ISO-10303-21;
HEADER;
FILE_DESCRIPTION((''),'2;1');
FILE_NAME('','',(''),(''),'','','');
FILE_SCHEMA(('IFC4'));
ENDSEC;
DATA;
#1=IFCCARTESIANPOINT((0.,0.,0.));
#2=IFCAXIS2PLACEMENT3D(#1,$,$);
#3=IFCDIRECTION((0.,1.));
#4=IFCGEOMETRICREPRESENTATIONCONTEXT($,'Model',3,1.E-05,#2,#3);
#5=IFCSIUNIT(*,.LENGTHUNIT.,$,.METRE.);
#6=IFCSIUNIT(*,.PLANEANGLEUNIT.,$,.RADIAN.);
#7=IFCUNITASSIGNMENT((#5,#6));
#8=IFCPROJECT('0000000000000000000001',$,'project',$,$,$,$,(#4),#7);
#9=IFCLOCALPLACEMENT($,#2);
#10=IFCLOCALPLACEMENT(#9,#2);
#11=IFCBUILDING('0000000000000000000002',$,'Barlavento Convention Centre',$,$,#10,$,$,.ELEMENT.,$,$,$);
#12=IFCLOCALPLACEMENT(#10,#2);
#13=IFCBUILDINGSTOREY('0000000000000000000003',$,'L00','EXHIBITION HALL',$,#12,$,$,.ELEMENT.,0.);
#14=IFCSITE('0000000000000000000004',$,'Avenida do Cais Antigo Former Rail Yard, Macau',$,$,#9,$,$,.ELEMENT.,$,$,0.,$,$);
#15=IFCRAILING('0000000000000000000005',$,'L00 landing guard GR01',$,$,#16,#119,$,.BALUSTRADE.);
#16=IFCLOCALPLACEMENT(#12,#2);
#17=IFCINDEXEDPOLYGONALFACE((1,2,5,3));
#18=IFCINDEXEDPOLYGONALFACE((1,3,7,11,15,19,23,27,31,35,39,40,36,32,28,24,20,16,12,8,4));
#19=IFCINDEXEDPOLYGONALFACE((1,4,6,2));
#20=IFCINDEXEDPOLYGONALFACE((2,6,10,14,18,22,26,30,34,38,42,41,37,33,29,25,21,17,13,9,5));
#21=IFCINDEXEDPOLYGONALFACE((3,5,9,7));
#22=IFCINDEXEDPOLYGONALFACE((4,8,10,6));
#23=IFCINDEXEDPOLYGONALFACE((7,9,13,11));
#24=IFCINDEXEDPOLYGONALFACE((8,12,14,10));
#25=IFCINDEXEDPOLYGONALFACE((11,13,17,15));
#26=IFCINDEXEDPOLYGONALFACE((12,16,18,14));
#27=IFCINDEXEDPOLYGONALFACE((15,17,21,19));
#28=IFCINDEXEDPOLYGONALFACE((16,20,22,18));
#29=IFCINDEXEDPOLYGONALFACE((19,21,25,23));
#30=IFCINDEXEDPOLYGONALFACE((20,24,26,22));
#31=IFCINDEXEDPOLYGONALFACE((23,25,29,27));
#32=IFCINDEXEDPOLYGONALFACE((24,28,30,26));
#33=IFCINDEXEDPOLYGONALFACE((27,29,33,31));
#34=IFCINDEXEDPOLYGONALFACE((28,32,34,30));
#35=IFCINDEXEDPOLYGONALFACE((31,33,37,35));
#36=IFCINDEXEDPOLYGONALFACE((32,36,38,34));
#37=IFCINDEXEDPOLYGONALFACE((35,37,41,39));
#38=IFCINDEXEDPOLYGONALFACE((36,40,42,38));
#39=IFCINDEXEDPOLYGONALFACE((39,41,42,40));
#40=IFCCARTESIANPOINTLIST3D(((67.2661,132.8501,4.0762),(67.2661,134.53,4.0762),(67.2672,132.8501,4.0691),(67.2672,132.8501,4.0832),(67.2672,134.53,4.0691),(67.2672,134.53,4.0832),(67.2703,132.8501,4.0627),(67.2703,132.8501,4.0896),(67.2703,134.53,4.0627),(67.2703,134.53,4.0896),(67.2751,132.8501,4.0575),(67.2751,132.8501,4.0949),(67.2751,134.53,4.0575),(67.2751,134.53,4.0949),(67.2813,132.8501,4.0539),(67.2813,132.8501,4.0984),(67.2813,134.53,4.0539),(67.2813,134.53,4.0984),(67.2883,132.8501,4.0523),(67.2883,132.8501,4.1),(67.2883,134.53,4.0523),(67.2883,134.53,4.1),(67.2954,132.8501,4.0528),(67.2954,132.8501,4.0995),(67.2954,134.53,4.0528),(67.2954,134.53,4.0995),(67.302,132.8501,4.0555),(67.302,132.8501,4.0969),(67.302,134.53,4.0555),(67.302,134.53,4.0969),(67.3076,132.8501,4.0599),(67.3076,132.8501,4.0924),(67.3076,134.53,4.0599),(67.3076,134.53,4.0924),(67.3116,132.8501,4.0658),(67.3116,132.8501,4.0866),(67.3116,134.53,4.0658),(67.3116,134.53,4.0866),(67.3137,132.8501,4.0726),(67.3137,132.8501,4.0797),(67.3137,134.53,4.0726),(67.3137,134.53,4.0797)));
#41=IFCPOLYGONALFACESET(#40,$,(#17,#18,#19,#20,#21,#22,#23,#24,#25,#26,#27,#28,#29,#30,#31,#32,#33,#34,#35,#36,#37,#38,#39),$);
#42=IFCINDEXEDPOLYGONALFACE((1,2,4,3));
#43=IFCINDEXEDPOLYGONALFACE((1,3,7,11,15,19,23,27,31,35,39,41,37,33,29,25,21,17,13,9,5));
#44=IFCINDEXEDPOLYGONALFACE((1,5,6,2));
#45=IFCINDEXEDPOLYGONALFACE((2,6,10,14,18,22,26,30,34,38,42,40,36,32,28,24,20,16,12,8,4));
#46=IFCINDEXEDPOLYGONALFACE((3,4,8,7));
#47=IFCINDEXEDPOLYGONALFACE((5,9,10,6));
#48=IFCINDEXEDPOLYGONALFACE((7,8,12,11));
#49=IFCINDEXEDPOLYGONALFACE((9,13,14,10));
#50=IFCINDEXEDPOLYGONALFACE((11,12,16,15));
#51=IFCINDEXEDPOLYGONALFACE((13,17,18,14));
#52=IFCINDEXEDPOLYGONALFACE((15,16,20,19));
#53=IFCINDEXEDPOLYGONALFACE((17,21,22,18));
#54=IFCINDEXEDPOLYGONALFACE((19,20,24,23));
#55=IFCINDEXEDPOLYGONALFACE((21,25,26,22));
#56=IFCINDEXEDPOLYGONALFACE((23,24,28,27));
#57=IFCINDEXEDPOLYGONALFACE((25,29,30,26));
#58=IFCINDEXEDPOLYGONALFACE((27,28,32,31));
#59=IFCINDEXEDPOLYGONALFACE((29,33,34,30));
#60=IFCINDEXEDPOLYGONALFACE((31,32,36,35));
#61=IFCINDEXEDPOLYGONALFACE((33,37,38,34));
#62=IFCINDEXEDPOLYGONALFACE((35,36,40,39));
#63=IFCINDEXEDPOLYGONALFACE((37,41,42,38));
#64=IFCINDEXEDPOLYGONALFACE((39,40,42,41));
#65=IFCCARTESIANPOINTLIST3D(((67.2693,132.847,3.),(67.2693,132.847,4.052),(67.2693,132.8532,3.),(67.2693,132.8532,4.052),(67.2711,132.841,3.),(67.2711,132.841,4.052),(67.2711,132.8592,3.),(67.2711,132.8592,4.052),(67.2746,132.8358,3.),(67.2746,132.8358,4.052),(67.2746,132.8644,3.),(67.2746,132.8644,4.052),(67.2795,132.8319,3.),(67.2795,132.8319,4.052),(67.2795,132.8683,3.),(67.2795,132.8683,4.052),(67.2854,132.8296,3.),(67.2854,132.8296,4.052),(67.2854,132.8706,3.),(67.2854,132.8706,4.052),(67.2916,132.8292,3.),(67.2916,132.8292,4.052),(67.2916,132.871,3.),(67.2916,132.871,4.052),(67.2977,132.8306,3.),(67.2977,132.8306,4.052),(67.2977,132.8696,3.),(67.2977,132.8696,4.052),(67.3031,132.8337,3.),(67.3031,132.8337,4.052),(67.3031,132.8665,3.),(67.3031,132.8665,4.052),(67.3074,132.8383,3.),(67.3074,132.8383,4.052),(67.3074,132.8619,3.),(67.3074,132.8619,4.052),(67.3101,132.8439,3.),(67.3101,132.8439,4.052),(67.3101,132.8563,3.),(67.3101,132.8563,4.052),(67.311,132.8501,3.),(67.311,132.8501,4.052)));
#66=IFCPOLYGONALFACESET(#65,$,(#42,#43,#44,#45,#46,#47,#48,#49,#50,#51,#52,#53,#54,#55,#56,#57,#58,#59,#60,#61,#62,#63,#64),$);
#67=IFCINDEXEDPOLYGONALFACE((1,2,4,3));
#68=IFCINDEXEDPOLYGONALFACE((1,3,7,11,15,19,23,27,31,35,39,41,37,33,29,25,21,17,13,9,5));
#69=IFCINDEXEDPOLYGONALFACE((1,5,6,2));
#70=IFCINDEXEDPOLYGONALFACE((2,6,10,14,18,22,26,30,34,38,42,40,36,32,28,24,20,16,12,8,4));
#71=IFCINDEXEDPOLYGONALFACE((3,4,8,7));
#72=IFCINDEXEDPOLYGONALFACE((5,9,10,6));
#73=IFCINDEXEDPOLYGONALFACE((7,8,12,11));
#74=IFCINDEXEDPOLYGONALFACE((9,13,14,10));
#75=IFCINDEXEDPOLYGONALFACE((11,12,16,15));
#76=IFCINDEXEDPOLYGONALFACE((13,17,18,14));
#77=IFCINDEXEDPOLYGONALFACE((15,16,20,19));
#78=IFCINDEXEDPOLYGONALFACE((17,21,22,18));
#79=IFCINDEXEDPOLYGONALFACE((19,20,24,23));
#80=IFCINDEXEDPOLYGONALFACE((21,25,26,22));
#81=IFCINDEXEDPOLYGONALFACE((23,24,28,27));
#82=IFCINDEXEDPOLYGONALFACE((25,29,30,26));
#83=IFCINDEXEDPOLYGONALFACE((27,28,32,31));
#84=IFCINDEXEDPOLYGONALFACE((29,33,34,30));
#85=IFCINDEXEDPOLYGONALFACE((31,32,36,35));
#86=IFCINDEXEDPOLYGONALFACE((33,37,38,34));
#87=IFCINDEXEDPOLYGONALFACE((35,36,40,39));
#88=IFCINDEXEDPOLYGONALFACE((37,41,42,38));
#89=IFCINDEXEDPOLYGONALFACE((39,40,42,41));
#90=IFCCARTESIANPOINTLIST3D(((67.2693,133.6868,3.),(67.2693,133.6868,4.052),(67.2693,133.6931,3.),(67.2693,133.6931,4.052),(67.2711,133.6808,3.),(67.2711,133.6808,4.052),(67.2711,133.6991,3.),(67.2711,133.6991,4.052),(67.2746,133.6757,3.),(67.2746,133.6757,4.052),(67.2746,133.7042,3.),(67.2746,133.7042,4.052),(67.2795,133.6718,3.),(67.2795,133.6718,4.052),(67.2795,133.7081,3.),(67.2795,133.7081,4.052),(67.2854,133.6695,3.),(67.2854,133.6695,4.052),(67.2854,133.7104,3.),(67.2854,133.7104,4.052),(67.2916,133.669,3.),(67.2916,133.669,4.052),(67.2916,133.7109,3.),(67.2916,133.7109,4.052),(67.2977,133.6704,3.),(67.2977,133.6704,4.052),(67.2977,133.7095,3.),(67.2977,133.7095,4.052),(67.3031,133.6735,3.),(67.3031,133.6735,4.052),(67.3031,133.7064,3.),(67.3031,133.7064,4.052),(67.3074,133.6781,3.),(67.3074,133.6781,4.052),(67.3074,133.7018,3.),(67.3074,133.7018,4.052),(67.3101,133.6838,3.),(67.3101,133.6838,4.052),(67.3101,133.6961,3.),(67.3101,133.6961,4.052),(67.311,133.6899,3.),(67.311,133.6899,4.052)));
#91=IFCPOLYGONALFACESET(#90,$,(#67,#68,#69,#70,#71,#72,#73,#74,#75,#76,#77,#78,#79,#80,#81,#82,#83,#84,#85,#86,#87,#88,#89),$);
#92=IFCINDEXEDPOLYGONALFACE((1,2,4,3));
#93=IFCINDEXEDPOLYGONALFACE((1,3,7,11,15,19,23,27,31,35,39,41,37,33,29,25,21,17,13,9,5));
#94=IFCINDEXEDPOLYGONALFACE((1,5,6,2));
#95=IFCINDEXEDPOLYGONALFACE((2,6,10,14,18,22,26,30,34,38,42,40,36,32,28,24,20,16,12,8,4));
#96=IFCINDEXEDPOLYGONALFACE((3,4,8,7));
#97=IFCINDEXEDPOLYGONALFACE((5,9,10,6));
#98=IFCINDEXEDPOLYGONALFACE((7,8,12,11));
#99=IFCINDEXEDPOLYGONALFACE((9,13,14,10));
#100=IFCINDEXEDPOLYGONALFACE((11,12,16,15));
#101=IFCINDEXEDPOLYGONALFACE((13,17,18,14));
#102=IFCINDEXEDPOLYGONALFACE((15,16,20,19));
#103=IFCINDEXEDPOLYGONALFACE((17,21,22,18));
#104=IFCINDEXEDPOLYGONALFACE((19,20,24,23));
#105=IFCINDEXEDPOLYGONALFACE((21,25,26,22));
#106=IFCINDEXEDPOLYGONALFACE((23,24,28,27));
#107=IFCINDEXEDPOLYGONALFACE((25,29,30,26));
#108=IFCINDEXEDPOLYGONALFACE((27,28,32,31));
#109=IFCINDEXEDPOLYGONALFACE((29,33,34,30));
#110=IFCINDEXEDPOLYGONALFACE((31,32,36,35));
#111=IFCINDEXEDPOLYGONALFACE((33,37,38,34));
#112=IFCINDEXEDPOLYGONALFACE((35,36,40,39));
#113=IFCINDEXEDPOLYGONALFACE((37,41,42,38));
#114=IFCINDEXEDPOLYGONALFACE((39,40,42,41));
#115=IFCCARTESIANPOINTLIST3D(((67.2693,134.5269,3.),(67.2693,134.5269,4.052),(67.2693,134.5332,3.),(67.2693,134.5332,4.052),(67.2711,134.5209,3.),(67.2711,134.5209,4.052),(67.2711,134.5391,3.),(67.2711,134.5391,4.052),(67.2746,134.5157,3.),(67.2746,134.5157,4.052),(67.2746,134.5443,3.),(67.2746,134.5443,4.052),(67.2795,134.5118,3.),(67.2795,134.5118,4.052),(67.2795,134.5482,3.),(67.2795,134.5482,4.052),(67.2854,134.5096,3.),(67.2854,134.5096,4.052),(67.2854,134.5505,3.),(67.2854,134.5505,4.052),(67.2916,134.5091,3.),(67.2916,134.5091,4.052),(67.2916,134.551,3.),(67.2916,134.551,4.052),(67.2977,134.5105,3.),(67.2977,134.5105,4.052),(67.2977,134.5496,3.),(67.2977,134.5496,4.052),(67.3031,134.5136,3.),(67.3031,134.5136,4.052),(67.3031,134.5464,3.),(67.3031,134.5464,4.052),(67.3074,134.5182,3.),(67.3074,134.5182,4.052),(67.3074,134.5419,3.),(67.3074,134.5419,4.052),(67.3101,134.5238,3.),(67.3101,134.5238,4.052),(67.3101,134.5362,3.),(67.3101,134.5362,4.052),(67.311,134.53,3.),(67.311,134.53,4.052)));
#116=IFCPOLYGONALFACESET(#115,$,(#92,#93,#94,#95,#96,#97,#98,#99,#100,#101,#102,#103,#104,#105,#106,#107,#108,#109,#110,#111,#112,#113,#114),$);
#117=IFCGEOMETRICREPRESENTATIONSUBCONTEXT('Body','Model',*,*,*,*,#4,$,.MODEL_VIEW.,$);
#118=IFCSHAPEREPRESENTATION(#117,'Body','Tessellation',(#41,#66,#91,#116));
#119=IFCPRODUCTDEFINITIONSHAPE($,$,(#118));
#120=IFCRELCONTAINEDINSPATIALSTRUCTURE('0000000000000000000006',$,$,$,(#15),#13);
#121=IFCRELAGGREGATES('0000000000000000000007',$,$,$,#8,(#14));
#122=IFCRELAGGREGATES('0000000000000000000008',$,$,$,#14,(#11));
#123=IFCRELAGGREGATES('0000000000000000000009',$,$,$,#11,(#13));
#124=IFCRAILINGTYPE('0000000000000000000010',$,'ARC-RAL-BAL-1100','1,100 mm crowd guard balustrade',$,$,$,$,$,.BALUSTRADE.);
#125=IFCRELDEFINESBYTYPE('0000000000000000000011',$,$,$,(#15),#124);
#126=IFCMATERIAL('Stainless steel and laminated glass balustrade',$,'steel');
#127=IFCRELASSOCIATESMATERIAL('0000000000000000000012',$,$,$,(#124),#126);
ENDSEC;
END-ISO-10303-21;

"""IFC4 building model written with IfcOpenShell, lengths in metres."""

from ifc_helpers import new_model, si_unit, direction, frame, origin, origin_2d, place, context, subcontext, project, spatial, circle, extrude, material, type_object, element, save


model = new_model("IFC4")

# Units and contexts
model_context = context("Model", 3, precision=1e-05, world=origin(), true_north=direction((0.0, 1.0)))
body_context = subcontext(model_context, "Body", "Model", "MODEL_VIEW")
ifc_project = project(units=[si_unit("LENGTHUNIT", "METRE"), si_unit("PLANEANGLEUNIT", "RADIAN")], contexts=[model_context])

# Site, building, storey
site_placement = place(None, origin())
site = spatial("IfcSite", under=ifc_project, at=site_placement, Name="Avenida do Cais Antigo Former Rail Yard, Macau", CompositionType="ELEMENT", RefElevation=0.0)
building_placement = place(site_placement, origin())
building = spatial("IfcBuilding", under=site, at=building_placement, Name="Barlavento Convention Centre", CompositionType="ELEMENT")
storey_placement = place(building_placement, origin())
storey = spatial("IfcBuildingStorey", under=building, at=storey_placement, Name="L00", Description="EXHIBITION HALL", CompositionType="ELEMENT", Elevation=0.0)

# Railing
ifc_material_1 = material(Name="Stainless steel and laminated glass balustrade", Category="steel")
railing_type_1 = type_object("IfcRailingType", Name="ARC-RAL-BAL-1100", Description="1,100 mm crowd guard balustrade", PredefinedType="BALUSTRADE", material=ifc_material_1)
railing_1_placement = place(storey_placement, frame((67.29, 132.8501, 3.0)))
element("IfcRailing", 1, at=railing_1_placement, inside=storey, type_object=railing_type_1, Name="L00 landing guard GR01", PredefinedType="BALUSTRADE", context=body_context, shape_type="SweptSolid", body=[
    extrude(circle(Radius=0.0239, at=origin_2d()), frame((0.0, 0.0, 1.0762), z_axis=(0.0, 1.0, 0.0), x_axis=(-1.0, 0.0, 0.0)), (0.0, 0.0, 1.0), 1.6799),
    extrude(circle(Radius=0.021, at=origin_2d()), origin(), (0.0, 0.0, 1.0), 1.052),
    extrude(circle(Radius=0.021, at=origin_2d()), frame((0.0, 0.8398, 0.0)), (0.0, 0.0, 1.0), 1.052),
    extrude(circle(Radius=0.021, at=origin_2d()), frame((0.0, 1.6799, 0.0)), (0.0, 0.0, 1.0), 1.052),
])

save(model, "model.ifc")
